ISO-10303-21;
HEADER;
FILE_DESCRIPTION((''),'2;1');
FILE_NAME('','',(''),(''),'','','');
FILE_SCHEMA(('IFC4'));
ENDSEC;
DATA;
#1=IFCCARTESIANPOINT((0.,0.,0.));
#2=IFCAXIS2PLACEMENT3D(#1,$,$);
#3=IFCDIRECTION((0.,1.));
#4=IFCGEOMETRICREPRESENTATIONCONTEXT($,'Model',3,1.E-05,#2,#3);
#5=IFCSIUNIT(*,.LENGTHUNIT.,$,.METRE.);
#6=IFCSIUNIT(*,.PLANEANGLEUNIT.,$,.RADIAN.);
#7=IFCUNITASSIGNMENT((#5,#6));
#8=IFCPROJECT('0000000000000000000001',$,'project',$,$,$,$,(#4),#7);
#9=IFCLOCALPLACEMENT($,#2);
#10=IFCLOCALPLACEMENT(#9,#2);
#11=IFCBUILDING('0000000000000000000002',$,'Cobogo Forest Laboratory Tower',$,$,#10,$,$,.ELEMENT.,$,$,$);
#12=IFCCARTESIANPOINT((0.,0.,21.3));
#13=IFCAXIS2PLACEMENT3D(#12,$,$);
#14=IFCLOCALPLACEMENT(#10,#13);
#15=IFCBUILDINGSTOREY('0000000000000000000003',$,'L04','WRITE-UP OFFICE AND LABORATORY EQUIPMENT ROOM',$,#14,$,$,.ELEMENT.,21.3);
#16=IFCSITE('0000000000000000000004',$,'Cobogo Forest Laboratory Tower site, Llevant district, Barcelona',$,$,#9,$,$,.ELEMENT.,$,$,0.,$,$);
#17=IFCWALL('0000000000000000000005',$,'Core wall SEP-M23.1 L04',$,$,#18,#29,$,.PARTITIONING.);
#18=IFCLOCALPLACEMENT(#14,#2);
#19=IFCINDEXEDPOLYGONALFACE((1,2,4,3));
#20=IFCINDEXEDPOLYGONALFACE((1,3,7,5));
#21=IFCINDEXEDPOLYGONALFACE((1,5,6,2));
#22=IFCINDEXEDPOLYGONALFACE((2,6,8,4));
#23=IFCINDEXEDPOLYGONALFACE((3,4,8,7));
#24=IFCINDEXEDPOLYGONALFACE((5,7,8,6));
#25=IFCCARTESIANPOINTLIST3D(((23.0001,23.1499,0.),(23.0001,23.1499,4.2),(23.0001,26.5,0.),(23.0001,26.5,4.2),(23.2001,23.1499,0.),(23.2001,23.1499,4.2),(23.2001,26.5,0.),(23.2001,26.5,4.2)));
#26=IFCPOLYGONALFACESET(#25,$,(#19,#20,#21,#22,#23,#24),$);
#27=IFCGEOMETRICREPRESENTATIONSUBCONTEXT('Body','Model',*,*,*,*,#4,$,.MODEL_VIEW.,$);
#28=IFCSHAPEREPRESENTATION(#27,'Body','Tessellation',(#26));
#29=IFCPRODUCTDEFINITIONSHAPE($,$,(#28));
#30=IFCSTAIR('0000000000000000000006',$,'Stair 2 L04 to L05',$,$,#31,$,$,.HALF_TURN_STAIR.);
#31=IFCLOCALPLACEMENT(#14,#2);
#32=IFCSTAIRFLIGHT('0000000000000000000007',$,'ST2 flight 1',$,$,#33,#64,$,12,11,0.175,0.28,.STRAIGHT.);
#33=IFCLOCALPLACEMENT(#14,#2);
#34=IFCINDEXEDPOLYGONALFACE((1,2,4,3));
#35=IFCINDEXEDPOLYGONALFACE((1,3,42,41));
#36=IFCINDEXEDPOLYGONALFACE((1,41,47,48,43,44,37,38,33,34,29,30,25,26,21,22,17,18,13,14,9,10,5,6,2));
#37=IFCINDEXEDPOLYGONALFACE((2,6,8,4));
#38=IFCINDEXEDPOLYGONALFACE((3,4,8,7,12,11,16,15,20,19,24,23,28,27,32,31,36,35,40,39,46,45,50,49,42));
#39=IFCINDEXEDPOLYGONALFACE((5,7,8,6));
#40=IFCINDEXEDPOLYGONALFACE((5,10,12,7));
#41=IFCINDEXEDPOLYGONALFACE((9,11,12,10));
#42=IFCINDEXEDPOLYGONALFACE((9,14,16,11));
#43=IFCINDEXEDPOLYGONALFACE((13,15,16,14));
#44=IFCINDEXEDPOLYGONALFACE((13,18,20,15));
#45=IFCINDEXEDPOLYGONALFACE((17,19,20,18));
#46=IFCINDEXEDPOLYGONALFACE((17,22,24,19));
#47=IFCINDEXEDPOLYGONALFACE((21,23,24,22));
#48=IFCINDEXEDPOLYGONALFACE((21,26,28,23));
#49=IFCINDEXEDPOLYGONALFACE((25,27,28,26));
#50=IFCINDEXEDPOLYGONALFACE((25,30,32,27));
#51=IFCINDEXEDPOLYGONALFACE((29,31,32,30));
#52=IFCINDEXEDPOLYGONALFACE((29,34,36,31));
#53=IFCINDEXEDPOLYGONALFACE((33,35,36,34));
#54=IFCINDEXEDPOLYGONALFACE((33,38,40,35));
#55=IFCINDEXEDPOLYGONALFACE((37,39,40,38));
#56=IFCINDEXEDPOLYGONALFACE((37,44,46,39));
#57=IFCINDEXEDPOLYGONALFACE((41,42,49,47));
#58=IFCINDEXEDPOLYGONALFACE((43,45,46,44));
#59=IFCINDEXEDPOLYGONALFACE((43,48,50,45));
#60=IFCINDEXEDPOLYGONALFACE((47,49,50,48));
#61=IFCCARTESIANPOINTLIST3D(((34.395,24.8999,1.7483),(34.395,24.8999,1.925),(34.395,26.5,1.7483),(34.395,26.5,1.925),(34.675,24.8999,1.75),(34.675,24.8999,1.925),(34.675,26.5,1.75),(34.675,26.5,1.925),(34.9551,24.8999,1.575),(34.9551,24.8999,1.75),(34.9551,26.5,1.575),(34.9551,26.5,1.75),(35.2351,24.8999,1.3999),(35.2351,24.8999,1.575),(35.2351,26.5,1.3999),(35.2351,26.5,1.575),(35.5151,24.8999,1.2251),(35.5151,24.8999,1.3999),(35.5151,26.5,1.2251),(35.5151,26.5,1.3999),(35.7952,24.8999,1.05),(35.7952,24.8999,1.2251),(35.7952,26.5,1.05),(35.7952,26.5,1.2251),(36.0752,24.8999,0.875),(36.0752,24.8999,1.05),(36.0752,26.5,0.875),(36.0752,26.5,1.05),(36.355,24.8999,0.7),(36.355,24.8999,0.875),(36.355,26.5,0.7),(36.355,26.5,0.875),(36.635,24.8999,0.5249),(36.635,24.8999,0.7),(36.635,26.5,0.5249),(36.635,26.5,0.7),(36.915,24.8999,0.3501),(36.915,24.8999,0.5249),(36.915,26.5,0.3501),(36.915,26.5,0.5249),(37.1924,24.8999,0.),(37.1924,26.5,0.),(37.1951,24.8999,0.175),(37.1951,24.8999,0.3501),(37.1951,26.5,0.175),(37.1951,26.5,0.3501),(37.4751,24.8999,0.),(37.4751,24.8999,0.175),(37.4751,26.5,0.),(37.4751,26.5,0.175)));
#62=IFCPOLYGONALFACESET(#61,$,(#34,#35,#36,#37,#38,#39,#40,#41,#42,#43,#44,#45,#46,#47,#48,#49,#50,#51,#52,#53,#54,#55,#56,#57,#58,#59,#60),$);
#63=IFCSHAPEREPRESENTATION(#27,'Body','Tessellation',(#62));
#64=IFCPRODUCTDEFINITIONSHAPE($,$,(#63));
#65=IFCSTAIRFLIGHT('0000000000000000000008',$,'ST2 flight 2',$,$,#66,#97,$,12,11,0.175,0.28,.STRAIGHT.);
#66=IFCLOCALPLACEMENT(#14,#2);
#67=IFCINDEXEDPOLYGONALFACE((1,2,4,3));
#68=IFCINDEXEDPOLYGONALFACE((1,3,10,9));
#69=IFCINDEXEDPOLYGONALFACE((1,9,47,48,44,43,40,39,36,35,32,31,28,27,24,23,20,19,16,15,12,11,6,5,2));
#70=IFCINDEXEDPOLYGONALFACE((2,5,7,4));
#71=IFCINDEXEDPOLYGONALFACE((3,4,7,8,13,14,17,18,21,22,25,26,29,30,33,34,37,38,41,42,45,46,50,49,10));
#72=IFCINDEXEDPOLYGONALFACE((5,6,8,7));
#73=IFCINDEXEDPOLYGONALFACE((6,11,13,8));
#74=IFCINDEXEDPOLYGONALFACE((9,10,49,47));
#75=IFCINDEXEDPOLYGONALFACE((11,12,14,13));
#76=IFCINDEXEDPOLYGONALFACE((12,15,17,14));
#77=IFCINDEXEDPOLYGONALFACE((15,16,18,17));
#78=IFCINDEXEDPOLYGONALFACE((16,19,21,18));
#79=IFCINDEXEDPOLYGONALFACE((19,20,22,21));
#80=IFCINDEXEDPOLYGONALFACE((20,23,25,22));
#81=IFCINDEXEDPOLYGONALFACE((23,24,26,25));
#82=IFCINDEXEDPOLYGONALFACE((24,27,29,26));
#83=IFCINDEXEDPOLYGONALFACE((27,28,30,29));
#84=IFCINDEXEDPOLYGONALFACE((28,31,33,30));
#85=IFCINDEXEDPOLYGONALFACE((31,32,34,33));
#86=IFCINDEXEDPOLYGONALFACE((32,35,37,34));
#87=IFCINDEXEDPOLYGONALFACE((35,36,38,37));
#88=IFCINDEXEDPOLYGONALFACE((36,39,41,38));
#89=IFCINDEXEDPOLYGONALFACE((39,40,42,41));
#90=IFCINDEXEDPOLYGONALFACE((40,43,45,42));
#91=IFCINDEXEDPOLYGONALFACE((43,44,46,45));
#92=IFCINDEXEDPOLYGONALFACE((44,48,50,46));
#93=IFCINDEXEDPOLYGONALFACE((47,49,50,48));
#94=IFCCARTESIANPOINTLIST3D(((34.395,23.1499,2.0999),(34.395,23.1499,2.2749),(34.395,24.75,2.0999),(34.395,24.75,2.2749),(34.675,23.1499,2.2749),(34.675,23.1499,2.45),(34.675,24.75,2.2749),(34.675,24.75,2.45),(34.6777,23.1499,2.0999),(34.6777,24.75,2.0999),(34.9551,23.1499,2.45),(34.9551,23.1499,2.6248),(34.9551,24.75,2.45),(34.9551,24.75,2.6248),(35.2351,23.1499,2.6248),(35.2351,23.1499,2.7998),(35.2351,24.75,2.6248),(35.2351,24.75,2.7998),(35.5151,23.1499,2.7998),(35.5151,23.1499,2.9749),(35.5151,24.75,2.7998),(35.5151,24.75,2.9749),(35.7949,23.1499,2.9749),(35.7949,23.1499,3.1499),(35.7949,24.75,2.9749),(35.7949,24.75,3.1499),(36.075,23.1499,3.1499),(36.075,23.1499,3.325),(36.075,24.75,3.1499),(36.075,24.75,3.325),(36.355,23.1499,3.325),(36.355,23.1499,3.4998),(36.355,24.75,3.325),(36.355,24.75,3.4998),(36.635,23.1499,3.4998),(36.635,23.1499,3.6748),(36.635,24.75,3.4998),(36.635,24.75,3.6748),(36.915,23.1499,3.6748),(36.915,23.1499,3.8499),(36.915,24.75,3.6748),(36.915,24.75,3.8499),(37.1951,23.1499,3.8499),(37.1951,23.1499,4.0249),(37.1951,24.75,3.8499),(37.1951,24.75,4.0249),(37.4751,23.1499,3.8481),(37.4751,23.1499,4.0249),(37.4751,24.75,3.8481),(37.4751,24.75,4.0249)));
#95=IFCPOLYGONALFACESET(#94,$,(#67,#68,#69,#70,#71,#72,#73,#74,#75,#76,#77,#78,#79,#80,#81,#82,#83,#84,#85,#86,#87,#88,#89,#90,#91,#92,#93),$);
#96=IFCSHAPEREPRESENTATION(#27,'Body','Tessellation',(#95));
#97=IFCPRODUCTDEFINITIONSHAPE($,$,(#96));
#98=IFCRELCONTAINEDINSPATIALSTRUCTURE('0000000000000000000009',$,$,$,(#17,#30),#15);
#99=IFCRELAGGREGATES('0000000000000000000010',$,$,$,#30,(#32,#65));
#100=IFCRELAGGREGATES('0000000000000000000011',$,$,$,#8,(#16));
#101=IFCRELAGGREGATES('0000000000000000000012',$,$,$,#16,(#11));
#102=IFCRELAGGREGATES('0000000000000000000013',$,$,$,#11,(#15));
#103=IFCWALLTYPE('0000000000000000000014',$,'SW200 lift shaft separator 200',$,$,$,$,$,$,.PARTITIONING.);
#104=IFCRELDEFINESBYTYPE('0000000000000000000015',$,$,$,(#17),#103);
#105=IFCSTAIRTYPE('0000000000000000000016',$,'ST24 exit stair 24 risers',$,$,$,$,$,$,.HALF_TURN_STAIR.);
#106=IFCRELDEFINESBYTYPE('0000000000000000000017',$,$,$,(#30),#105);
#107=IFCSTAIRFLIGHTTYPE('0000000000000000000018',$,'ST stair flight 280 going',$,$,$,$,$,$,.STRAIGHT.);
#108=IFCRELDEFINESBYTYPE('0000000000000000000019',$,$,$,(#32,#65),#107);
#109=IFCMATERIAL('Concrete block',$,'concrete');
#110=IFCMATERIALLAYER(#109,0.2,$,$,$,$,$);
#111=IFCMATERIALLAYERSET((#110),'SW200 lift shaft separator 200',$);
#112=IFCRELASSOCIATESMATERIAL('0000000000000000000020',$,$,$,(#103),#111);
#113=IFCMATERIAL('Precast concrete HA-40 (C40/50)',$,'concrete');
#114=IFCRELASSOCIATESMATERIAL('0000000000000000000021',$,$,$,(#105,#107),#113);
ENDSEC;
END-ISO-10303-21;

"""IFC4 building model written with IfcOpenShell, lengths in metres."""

from ifc_helpers import new_model, si_unit, direction, frame, frame_2d, origin, place, context, subcontext, project, spatial, polyline, rectangle, outline, extrude, material, layer, layer_set, type_object, element, aggregate, save


model = new_model("IFC4")

# Units and contexts
model_context = context("Model", 3, precision=1e-05, world=origin(), true_north=direction((0.0, 1.0)))
body_context = subcontext(model_context, "Body", "Model", "MODEL_VIEW")
ifc_project = project(units=[si_unit("LENGTHUNIT", "METRE"), si_unit("PLANEANGLEUNIT", "RADIAN")], contexts=[model_context])

# Site, building, storey
site_placement = place(None, origin())
site = spatial("IfcSite", under=ifc_project, at=site_placement, Name="Cobogo Forest Laboratory Tower site, Llevant district, Barcelona", CompositionType="ELEMENT", RefElevation=0.0)
building_placement = place(site_placement, origin())
building = spatial("IfcBuilding", under=site, at=building_placement, Name="Cobogo Forest Laboratory Tower", CompositionType="ELEMENT")
storey_placement = place(building_placement, frame((0.0, 0.0, 21.3)))
storey = spatial("IfcBuildingStorey", under=building, at=storey_placement, Name="L04", Description="WRITE-UP OFFICE AND LABORATORY EQUIPMENT ROOM", CompositionType="ELEMENT", Elevation=21.3)

# Wall
ifc_material_1 = material(Name="Concrete block", Category="concrete")
ifc_layer_1 = layer(ifc_material_1, 0.2)
ifc_layer_set_1 = layer_set([ifc_layer_1], Name="SW200 lift shaft separator 200")
wall_type_1 = type_object("IfcWallType", Name="SW200 lift shaft separator 200", PredefinedType="PARTITIONING", material=ifc_layer_set_1)
for number, where, z_axis, x_axis, name in (
    (1, (23.1001, 23.1499, 0.0), (0.0, 0.0, 1.0), (0.0, 1.0, 0.0), "Core wall SEP-M23.1 L04"),
):
    element("IfcWall", number, at=place(storey_placement, frame(where, z_axis=z_axis, x_axis=x_axis)), inside=storey, type_object=wall_type_1, Name=name, PredefinedType="PARTITIONING", context=body_context, shape_type="SweptSolid", body=[
        extrude(rectangle(XDim=3.3501, YDim=0.2, at=frame_2d((1.675, 0.0))), origin(), (0.0, 0.0, 1.0), 4.2),
    ])

# Stair, stair flights
ifc_material_2 = material(Name="Precast concrete HA-40 (C40/50)", Category="concrete")
stair_type = type_object("IfcStairType", Name="ST24 exit stair 24 risers", PredefinedType="HALF_TURN_STAIR", material=ifc_material_2)
stair_placement = place(storey_placement, origin())
stair = element("IfcStair", 2, at=stair_placement, inside=storey, type_object=stair_type, Name="Stair 2 L04 to L05", PredefinedType="HALF_TURN_STAIR")
stair_flight_type = type_object("IfcStairFlightType", Name="ST stair flight 280 going", PredefinedType="STRAIGHT", material=ifc_material_2)
stair_flight_1_placement = place(storey_placement, frame((37.4751, 25.7, 0.0), z_axis=(0.0, 0.0, 1.0), x_axis=(-1.0, 0.0, 0.0)))
stair_flight_1 = element("IfcStairFlight", 3, at=stair_flight_1_placement, type_object=stair_flight_type, Name="ST2 flight 1", NumberOfRisers=12, NumberOfTreads=11, PredefinedType="STRAIGHT", RiserHeight=0.175, TreadLength=0.28, context=body_context, shape_type="SweptSolid", body=[
    extrude(outline(polyline([(0.0, 0.0), (0.0, 0.175), (0.28, 0.175), (0.28, 0.3501), (0.5601, 0.3501), (0.5601, 0.5249), (0.8401, 0.5249), (0.8401, 0.7), (1.1201, 0.7), (1.1201, 0.875), (1.3999, 0.875), (1.3999, 1.05), (1.6799, 1.05), (1.6799, 1.2251), (1.96, 1.2251), (1.96, 1.3999), (2.24, 1.3999), (2.24, 1.575), (2.52, 1.575), (2.52, 1.75), (2.8, 1.75), (2.8, 1.925), (3.0801, 1.925), (3.0801, 2.1001), (3.0801, 1.7483), (0.2827, 0.0), (0.0, 0.0)])), frame((0.0, 0.8, 0.0), z_axis=(0.0, -1.0, 0.0), x_axis=(1.0, 0.0, 0.0)), (0.0, 0.0, 1.0), 1.6001),
])
stair_flight_2_placement = place(storey_placement, frame((34.395, 23.95, 2.0999), z_axis=(0.0, 0.0, 1.0), x_axis=(1.0, 0.0, 0.0)))
stair_flight_2 = element("IfcStairFlight", 4, at=stair_flight_2_placement, type_object=stair_flight_type, Name="ST2 flight 2", NumberOfRisers=12, NumberOfTreads=11, PredefinedType="STRAIGHT", RiserHeight=0.175, TreadLength=0.28, context=body_context, shape_type="SweptSolid", body=[
    extrude(outline(polyline([(0.0, 0.0), (0.0, 0.175), (0.28, 0.175), (0.28, 0.3501), (0.5601, 0.3501), (0.5601, 0.5249), (0.8401, 0.5249), (0.8401, 0.7), (1.1201, 0.7), (1.1201, 0.875), (1.3999, 0.875), (1.3999, 1.05), (1.6799, 1.05), (1.6799, 1.2251), (1.96, 1.2251), (1.96, 1.3999), (2.24, 1.3999), (2.24, 1.575), (2.52, 1.575), (2.52, 1.75), (2.8, 1.75), (2.8, 1.925), (3.0801, 1.925), (3.0801, 2.1001), (3.0801, 1.7483), (0.2827, 0.0), (0.0, 0.0)])), frame((0.0, 0.8, 0.0), z_axis=(0.0, -1.0, 0.0), x_axis=(1.0, 0.0, 0.0)), (0.0, 0.0, 1.0), 1.6001),
])
aggregate(stair, [stair_flight_1, stair_flight_2])

save(model, "model.ifc")
